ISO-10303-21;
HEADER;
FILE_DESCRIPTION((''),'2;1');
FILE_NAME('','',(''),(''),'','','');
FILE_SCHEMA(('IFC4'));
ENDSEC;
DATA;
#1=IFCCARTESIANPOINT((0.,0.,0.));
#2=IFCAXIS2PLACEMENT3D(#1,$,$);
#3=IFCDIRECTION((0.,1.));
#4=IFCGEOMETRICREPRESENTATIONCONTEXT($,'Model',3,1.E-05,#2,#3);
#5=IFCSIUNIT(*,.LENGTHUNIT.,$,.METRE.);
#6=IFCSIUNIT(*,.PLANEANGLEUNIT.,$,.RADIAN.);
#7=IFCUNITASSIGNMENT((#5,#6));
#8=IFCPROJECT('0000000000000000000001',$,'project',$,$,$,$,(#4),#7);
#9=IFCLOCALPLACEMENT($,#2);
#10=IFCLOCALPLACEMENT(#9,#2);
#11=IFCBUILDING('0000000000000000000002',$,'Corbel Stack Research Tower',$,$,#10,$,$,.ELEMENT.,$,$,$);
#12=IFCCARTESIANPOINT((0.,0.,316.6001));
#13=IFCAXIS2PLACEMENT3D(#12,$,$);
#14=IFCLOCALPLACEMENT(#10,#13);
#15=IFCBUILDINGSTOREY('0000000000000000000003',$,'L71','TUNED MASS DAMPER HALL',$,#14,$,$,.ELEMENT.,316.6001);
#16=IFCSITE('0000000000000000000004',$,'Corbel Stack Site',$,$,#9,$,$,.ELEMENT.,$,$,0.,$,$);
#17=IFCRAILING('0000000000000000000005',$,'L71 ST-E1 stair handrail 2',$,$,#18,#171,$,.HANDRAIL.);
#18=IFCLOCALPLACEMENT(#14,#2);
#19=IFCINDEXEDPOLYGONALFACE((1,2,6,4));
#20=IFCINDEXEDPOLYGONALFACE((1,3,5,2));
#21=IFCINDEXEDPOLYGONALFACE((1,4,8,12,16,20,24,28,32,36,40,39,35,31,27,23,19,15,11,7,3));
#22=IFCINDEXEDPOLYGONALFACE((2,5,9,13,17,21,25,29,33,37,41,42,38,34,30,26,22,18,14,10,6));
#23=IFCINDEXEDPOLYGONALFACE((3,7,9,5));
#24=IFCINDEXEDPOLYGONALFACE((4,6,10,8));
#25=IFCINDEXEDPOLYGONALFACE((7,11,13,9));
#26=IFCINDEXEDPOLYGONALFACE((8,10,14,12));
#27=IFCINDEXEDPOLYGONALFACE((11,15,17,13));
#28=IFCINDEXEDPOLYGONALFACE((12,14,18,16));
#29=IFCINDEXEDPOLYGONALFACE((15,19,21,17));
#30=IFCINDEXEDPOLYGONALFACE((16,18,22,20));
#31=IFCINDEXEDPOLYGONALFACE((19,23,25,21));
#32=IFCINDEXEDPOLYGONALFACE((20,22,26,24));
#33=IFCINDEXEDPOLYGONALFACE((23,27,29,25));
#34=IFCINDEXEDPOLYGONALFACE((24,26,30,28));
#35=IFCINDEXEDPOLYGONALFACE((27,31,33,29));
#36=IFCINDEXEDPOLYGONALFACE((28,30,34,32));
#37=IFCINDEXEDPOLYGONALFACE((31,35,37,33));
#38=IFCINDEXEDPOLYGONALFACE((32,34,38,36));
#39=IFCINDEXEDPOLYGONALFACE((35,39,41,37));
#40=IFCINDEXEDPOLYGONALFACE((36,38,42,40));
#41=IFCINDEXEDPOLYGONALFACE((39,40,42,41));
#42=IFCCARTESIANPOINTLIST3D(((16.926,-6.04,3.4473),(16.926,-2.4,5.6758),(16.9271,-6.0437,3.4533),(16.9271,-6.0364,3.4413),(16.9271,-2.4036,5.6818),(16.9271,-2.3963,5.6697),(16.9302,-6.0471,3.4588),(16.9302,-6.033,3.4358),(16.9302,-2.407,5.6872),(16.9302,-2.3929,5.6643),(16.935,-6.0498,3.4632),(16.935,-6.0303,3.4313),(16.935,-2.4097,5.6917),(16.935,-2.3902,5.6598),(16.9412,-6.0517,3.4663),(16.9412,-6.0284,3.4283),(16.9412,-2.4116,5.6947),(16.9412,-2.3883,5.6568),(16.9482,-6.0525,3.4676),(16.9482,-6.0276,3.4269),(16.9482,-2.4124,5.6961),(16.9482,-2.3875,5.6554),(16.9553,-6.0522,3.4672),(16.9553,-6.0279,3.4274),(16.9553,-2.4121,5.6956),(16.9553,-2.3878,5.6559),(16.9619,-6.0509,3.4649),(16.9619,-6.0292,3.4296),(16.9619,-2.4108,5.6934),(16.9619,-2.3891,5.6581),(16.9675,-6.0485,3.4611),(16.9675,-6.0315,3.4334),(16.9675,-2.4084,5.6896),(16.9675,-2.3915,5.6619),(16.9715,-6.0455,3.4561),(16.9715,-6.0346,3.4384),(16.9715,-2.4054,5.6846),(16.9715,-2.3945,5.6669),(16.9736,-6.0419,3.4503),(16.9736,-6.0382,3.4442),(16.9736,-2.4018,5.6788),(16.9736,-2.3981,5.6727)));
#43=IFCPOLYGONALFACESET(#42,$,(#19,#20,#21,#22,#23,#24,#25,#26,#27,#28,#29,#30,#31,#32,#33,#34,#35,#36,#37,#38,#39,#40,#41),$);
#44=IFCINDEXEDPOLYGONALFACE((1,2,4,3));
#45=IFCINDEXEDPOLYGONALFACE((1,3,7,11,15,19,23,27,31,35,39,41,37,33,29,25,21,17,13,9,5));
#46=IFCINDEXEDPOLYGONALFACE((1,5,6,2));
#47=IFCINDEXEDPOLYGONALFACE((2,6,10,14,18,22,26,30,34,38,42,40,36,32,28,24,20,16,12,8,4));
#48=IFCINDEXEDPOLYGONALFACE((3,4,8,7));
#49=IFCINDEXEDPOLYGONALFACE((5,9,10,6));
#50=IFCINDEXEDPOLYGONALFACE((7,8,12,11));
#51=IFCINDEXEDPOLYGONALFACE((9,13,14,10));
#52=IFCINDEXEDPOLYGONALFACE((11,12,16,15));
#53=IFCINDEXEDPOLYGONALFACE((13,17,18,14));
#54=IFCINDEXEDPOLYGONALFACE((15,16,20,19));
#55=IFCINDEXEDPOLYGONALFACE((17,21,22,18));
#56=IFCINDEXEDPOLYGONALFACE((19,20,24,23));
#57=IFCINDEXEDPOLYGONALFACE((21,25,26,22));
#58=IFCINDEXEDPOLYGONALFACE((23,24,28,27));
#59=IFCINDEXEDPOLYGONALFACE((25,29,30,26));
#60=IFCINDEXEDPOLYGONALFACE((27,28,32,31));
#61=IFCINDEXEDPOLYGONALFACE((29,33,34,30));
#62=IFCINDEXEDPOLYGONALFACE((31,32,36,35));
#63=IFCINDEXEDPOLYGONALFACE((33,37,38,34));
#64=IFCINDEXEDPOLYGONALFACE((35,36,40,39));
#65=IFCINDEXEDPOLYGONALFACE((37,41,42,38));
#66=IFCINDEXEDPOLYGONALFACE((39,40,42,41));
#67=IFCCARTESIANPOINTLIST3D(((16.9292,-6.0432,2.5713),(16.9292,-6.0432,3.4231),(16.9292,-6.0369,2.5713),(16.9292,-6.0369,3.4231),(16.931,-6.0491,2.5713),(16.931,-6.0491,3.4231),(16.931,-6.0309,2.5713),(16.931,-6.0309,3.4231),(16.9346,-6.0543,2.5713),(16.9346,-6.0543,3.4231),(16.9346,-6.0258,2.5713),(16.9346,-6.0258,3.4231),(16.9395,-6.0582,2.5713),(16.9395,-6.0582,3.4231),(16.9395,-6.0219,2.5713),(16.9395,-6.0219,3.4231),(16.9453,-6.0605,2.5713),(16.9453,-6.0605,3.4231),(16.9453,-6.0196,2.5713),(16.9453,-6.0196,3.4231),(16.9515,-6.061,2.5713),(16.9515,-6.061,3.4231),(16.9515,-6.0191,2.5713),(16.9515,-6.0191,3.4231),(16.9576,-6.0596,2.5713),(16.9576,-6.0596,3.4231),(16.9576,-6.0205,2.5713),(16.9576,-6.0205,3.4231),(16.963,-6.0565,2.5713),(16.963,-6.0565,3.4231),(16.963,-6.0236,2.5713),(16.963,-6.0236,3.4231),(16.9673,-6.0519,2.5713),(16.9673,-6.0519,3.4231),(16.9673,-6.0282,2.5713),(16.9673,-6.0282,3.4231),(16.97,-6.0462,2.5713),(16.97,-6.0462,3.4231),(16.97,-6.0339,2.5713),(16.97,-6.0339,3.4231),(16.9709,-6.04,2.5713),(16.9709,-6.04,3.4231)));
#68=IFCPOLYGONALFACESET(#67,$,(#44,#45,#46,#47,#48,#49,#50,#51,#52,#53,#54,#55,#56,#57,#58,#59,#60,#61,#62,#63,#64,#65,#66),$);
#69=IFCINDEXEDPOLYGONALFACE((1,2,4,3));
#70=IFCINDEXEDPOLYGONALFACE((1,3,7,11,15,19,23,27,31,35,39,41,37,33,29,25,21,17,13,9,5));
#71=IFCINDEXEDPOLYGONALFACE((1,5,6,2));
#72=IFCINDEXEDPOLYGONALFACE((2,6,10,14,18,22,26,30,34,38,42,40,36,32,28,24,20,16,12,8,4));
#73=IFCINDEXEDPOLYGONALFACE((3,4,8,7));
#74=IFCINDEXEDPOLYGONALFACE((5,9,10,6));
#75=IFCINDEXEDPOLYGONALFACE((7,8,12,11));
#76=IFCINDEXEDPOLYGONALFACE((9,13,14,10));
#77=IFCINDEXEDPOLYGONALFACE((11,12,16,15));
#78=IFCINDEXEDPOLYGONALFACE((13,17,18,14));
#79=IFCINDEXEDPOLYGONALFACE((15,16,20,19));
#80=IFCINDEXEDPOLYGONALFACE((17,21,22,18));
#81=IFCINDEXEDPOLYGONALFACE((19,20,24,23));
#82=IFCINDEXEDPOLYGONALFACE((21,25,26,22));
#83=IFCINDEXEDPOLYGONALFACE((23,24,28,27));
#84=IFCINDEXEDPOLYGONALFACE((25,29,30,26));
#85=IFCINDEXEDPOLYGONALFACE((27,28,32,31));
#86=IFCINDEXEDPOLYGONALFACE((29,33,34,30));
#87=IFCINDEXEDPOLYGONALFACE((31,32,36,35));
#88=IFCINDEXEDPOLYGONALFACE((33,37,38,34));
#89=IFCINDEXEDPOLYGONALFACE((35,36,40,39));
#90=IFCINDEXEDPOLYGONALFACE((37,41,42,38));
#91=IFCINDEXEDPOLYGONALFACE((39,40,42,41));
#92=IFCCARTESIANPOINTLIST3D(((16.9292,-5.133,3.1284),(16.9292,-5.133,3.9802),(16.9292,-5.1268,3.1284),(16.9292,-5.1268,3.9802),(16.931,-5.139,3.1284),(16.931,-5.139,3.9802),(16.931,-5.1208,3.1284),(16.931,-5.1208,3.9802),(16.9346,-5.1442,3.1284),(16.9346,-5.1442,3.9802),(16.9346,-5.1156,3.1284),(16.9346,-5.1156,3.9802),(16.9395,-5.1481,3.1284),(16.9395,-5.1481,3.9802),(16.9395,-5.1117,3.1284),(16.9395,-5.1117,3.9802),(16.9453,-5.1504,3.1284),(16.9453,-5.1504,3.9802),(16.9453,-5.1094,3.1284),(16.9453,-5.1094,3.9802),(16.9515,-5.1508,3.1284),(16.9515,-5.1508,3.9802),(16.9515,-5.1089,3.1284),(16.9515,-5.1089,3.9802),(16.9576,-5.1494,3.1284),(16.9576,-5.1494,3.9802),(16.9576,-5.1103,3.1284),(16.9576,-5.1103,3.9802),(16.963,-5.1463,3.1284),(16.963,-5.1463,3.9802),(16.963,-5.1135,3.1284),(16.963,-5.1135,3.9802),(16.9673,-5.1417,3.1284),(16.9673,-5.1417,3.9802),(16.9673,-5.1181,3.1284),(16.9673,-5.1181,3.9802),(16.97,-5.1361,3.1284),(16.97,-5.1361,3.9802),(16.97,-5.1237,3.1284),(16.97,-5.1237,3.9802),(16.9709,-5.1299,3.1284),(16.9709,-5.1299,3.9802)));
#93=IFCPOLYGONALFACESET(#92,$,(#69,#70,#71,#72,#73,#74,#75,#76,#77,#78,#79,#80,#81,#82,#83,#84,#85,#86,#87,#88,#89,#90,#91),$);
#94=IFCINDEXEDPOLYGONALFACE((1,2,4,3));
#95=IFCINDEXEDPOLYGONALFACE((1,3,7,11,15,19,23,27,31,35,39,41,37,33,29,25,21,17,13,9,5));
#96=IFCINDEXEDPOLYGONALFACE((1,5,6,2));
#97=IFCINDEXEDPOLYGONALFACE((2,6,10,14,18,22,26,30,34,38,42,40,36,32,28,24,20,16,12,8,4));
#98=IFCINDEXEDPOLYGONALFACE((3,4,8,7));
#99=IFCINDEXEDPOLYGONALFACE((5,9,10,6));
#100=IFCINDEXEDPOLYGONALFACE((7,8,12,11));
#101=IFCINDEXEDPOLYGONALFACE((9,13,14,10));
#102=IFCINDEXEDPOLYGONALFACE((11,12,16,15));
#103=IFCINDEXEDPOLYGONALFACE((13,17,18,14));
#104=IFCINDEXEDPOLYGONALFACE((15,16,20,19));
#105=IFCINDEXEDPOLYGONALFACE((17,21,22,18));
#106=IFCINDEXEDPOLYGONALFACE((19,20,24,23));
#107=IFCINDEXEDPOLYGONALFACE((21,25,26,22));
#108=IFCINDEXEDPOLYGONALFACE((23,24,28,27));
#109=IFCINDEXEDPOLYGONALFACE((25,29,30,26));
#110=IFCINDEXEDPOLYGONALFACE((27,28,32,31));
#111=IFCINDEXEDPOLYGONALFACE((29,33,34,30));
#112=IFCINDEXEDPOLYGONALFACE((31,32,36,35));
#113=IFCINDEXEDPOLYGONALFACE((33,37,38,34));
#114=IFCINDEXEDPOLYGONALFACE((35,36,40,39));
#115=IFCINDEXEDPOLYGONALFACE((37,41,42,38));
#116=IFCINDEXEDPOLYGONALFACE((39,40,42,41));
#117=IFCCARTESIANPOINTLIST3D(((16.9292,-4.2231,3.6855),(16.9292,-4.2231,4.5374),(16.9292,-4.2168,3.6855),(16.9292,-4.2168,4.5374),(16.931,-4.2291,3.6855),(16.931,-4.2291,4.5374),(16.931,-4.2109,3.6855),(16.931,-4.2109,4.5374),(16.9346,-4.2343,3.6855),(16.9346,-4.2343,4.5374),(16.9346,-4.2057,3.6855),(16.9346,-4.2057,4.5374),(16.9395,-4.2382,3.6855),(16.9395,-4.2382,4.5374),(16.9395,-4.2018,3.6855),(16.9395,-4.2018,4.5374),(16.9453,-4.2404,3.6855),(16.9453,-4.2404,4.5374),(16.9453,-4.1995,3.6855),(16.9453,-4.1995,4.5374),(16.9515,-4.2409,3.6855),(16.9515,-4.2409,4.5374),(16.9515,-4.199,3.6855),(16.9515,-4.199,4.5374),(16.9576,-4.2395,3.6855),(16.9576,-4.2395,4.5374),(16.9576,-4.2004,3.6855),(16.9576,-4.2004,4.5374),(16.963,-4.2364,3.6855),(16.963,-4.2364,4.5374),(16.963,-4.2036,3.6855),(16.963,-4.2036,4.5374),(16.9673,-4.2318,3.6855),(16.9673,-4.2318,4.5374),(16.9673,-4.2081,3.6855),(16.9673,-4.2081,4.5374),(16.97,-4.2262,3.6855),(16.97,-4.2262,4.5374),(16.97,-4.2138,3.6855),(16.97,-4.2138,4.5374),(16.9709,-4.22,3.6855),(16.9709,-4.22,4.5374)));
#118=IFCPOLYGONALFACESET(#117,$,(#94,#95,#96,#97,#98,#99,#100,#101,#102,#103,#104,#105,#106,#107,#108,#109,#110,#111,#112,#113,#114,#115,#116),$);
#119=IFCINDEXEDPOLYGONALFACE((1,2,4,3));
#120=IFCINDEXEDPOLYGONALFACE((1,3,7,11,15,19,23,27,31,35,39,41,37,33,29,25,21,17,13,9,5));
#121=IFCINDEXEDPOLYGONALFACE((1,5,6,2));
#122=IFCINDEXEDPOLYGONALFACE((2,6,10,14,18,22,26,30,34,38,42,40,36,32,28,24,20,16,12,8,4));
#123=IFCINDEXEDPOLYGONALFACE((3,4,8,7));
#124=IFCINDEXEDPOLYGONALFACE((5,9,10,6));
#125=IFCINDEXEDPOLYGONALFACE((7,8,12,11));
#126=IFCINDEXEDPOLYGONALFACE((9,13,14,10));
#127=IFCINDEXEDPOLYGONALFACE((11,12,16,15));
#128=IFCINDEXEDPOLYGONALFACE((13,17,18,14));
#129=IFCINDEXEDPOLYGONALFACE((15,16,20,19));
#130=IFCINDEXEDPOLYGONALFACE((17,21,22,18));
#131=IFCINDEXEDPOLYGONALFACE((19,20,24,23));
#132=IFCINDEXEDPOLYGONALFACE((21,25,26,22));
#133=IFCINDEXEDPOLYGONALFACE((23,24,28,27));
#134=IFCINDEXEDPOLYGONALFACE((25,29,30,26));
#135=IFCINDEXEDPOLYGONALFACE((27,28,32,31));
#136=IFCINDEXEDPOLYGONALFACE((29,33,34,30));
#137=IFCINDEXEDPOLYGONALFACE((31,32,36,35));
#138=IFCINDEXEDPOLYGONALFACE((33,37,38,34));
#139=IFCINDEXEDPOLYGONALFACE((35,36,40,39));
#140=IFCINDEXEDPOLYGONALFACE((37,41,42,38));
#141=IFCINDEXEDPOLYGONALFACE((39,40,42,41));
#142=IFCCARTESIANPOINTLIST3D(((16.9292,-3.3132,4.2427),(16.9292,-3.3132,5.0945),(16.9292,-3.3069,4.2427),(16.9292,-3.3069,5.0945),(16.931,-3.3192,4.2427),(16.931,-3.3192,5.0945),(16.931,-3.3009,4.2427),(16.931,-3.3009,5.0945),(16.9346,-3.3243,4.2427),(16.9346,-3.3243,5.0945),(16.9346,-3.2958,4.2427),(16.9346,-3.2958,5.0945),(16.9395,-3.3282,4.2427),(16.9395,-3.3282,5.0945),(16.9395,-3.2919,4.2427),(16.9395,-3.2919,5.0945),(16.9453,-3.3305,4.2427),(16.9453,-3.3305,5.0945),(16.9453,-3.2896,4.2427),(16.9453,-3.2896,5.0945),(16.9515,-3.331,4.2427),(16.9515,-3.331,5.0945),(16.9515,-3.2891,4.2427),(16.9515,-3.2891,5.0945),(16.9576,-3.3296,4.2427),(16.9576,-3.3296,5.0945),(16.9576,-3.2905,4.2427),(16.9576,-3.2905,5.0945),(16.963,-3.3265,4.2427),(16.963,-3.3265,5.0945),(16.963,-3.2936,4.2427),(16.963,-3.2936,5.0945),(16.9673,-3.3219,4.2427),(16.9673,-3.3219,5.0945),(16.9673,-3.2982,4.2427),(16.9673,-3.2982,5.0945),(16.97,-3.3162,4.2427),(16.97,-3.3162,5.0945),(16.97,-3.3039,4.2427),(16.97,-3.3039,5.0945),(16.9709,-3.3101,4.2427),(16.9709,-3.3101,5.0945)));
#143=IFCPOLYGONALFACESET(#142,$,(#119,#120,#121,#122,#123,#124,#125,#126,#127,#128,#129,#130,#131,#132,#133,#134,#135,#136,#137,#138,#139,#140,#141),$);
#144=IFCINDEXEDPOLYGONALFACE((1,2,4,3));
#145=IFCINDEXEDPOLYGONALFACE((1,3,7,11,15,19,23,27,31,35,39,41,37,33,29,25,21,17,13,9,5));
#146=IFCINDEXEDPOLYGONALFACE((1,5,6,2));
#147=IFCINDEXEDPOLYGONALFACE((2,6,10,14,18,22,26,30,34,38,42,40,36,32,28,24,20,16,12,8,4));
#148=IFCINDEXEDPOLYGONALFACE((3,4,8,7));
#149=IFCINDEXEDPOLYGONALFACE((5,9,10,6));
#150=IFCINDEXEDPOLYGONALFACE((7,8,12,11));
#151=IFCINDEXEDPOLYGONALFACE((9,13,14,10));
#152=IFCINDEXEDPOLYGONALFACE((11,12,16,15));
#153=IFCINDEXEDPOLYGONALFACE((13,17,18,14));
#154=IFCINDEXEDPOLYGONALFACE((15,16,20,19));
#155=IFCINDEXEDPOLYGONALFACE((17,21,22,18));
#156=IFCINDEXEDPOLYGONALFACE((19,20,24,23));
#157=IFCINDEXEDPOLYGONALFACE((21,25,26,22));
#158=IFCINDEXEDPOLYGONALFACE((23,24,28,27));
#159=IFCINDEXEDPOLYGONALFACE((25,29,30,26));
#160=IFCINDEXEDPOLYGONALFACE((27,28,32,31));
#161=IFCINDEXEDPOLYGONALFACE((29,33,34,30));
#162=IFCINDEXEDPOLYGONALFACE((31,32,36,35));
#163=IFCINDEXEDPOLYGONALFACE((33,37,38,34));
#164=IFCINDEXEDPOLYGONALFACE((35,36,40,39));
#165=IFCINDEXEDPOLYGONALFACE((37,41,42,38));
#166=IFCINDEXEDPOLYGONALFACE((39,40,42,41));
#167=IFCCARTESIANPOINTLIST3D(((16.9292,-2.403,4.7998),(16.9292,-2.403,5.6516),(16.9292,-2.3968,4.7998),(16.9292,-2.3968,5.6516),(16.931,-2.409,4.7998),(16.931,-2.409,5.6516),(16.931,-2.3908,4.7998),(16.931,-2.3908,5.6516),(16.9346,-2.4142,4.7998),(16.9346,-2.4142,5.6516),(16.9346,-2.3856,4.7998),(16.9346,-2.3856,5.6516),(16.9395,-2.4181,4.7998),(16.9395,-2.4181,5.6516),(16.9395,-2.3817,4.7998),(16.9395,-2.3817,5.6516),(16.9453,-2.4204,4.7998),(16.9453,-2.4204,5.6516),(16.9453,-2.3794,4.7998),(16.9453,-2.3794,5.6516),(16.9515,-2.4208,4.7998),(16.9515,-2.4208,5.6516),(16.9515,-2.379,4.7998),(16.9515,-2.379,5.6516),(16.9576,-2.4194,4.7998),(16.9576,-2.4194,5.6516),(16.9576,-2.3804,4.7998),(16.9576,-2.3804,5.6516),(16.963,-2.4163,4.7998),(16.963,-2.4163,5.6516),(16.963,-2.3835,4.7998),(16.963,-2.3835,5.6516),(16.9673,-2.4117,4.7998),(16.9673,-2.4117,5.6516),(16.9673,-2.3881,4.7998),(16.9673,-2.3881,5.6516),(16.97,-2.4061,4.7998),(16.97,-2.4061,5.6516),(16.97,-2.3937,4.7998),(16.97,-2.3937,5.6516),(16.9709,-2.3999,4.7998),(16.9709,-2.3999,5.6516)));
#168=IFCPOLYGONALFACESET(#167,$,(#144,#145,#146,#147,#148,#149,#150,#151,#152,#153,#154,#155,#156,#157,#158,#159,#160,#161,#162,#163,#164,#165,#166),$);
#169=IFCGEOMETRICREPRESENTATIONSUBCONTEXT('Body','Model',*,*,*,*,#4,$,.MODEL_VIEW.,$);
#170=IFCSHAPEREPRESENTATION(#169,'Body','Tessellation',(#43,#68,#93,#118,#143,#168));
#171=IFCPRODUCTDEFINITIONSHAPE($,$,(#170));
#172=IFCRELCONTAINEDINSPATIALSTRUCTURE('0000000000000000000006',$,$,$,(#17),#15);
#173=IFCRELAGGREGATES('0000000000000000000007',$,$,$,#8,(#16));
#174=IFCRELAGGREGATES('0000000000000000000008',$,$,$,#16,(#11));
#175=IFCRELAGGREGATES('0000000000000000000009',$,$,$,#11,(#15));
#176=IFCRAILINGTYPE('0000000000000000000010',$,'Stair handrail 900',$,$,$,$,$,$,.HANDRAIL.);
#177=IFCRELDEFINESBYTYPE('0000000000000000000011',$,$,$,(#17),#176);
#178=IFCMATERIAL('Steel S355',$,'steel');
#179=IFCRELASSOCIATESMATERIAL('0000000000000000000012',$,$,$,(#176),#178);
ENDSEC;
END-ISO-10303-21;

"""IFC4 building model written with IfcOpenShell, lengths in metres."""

from ifc_helpers import new_model, si_unit, direction, frame, origin, origin_2d, place, context, subcontext, project, spatial, circle, extrude, material, type_object, element, save


model = new_model("IFC4")

# Units and contexts
model_context = context("Model", 3, precision=1e-05, world=origin(), true_north=direction((0.0, 1.0)))
body_context = subcontext(model_context, "Body", "Model", "MODEL_VIEW")
ifc_project = project(units=[si_unit("LENGTHUNIT", "METRE"), si_unit("PLANEANGLEUNIT", "RADIAN")], contexts=[model_context])

# Site, building, storey
site_placement = place(None, origin())
site = spatial("IfcSite", under=ifc_project, at=site_placement, Name="Corbel Stack Site", CompositionType="ELEMENT", RefElevation=0.0)
building_placement = place(site_placement, origin())
building = spatial("IfcBuilding", under=site, at=building_placement, Name="Corbel Stack Research Tower", CompositionType="ELEMENT")
storey_placement = place(building_placement, frame((0.0, 0.0, 316.6001)))
storey = spatial("IfcBuildingStorey", under=building, at=storey_placement, Name="L71", Description="TUNED MASS DAMPER HALL", CompositionType="ELEMENT", Elevation=316.6001)

# Railing
ifc_material_1 = material(Name="Steel S355", Category="steel")
railing_type_1 = type_object("IfcRailingType", Name="Stair handrail 900", PredefinedType="HANDRAIL", material=ifc_material_1)
railing_1_placement = place(storey_placement, frame((16.95, -6.04, 2.5713)))
element("IfcRailing", 1, at=railing_1_placement, inside=storey, type_object=railing_type_1, Name="L71 ST-E1 stair handrail 2", PredefinedType="HANDRAIL", context=body_context, shape_type="SweptSolid", body=[
    extrude(circle(Radius=0.0239, at=origin_2d()), frame((0.0, 0.0, 0.876), z_axis=(0.0, 0.852866, 0.52213), x_axis=(-1.0, 0.0, 0.0)), (0.0, 0.0, 1.0), 4.2681),
    extrude(circle(Radius=0.021, at=origin_2d()), origin(), (0.0, 0.0, 1.0), 0.8518),
    extrude(circle(Radius=0.021, at=origin_2d()), frame((0.0, 0.9102, 0.5571)), (0.0, 0.0, 1.0), 0.8518),
    extrude(circle(Radius=0.021, at=origin_2d()), frame((0.0, 1.8201, 1.1143)), (0.0, 0.0, 1.0), 0.8518),
    extrude(circle(Radius=0.021, at=origin_2d()), frame((0.0, 2.73, 1.6714)), (0.0, 0.0, 1.0), 0.8518),
    extrude(circle(Radius=0.021, at=origin_2d()), frame((0.0, 3.6401, 2.2285)), (0.0, 0.0, 1.0), 0.8518),
])

save(model, "model.ifc")
